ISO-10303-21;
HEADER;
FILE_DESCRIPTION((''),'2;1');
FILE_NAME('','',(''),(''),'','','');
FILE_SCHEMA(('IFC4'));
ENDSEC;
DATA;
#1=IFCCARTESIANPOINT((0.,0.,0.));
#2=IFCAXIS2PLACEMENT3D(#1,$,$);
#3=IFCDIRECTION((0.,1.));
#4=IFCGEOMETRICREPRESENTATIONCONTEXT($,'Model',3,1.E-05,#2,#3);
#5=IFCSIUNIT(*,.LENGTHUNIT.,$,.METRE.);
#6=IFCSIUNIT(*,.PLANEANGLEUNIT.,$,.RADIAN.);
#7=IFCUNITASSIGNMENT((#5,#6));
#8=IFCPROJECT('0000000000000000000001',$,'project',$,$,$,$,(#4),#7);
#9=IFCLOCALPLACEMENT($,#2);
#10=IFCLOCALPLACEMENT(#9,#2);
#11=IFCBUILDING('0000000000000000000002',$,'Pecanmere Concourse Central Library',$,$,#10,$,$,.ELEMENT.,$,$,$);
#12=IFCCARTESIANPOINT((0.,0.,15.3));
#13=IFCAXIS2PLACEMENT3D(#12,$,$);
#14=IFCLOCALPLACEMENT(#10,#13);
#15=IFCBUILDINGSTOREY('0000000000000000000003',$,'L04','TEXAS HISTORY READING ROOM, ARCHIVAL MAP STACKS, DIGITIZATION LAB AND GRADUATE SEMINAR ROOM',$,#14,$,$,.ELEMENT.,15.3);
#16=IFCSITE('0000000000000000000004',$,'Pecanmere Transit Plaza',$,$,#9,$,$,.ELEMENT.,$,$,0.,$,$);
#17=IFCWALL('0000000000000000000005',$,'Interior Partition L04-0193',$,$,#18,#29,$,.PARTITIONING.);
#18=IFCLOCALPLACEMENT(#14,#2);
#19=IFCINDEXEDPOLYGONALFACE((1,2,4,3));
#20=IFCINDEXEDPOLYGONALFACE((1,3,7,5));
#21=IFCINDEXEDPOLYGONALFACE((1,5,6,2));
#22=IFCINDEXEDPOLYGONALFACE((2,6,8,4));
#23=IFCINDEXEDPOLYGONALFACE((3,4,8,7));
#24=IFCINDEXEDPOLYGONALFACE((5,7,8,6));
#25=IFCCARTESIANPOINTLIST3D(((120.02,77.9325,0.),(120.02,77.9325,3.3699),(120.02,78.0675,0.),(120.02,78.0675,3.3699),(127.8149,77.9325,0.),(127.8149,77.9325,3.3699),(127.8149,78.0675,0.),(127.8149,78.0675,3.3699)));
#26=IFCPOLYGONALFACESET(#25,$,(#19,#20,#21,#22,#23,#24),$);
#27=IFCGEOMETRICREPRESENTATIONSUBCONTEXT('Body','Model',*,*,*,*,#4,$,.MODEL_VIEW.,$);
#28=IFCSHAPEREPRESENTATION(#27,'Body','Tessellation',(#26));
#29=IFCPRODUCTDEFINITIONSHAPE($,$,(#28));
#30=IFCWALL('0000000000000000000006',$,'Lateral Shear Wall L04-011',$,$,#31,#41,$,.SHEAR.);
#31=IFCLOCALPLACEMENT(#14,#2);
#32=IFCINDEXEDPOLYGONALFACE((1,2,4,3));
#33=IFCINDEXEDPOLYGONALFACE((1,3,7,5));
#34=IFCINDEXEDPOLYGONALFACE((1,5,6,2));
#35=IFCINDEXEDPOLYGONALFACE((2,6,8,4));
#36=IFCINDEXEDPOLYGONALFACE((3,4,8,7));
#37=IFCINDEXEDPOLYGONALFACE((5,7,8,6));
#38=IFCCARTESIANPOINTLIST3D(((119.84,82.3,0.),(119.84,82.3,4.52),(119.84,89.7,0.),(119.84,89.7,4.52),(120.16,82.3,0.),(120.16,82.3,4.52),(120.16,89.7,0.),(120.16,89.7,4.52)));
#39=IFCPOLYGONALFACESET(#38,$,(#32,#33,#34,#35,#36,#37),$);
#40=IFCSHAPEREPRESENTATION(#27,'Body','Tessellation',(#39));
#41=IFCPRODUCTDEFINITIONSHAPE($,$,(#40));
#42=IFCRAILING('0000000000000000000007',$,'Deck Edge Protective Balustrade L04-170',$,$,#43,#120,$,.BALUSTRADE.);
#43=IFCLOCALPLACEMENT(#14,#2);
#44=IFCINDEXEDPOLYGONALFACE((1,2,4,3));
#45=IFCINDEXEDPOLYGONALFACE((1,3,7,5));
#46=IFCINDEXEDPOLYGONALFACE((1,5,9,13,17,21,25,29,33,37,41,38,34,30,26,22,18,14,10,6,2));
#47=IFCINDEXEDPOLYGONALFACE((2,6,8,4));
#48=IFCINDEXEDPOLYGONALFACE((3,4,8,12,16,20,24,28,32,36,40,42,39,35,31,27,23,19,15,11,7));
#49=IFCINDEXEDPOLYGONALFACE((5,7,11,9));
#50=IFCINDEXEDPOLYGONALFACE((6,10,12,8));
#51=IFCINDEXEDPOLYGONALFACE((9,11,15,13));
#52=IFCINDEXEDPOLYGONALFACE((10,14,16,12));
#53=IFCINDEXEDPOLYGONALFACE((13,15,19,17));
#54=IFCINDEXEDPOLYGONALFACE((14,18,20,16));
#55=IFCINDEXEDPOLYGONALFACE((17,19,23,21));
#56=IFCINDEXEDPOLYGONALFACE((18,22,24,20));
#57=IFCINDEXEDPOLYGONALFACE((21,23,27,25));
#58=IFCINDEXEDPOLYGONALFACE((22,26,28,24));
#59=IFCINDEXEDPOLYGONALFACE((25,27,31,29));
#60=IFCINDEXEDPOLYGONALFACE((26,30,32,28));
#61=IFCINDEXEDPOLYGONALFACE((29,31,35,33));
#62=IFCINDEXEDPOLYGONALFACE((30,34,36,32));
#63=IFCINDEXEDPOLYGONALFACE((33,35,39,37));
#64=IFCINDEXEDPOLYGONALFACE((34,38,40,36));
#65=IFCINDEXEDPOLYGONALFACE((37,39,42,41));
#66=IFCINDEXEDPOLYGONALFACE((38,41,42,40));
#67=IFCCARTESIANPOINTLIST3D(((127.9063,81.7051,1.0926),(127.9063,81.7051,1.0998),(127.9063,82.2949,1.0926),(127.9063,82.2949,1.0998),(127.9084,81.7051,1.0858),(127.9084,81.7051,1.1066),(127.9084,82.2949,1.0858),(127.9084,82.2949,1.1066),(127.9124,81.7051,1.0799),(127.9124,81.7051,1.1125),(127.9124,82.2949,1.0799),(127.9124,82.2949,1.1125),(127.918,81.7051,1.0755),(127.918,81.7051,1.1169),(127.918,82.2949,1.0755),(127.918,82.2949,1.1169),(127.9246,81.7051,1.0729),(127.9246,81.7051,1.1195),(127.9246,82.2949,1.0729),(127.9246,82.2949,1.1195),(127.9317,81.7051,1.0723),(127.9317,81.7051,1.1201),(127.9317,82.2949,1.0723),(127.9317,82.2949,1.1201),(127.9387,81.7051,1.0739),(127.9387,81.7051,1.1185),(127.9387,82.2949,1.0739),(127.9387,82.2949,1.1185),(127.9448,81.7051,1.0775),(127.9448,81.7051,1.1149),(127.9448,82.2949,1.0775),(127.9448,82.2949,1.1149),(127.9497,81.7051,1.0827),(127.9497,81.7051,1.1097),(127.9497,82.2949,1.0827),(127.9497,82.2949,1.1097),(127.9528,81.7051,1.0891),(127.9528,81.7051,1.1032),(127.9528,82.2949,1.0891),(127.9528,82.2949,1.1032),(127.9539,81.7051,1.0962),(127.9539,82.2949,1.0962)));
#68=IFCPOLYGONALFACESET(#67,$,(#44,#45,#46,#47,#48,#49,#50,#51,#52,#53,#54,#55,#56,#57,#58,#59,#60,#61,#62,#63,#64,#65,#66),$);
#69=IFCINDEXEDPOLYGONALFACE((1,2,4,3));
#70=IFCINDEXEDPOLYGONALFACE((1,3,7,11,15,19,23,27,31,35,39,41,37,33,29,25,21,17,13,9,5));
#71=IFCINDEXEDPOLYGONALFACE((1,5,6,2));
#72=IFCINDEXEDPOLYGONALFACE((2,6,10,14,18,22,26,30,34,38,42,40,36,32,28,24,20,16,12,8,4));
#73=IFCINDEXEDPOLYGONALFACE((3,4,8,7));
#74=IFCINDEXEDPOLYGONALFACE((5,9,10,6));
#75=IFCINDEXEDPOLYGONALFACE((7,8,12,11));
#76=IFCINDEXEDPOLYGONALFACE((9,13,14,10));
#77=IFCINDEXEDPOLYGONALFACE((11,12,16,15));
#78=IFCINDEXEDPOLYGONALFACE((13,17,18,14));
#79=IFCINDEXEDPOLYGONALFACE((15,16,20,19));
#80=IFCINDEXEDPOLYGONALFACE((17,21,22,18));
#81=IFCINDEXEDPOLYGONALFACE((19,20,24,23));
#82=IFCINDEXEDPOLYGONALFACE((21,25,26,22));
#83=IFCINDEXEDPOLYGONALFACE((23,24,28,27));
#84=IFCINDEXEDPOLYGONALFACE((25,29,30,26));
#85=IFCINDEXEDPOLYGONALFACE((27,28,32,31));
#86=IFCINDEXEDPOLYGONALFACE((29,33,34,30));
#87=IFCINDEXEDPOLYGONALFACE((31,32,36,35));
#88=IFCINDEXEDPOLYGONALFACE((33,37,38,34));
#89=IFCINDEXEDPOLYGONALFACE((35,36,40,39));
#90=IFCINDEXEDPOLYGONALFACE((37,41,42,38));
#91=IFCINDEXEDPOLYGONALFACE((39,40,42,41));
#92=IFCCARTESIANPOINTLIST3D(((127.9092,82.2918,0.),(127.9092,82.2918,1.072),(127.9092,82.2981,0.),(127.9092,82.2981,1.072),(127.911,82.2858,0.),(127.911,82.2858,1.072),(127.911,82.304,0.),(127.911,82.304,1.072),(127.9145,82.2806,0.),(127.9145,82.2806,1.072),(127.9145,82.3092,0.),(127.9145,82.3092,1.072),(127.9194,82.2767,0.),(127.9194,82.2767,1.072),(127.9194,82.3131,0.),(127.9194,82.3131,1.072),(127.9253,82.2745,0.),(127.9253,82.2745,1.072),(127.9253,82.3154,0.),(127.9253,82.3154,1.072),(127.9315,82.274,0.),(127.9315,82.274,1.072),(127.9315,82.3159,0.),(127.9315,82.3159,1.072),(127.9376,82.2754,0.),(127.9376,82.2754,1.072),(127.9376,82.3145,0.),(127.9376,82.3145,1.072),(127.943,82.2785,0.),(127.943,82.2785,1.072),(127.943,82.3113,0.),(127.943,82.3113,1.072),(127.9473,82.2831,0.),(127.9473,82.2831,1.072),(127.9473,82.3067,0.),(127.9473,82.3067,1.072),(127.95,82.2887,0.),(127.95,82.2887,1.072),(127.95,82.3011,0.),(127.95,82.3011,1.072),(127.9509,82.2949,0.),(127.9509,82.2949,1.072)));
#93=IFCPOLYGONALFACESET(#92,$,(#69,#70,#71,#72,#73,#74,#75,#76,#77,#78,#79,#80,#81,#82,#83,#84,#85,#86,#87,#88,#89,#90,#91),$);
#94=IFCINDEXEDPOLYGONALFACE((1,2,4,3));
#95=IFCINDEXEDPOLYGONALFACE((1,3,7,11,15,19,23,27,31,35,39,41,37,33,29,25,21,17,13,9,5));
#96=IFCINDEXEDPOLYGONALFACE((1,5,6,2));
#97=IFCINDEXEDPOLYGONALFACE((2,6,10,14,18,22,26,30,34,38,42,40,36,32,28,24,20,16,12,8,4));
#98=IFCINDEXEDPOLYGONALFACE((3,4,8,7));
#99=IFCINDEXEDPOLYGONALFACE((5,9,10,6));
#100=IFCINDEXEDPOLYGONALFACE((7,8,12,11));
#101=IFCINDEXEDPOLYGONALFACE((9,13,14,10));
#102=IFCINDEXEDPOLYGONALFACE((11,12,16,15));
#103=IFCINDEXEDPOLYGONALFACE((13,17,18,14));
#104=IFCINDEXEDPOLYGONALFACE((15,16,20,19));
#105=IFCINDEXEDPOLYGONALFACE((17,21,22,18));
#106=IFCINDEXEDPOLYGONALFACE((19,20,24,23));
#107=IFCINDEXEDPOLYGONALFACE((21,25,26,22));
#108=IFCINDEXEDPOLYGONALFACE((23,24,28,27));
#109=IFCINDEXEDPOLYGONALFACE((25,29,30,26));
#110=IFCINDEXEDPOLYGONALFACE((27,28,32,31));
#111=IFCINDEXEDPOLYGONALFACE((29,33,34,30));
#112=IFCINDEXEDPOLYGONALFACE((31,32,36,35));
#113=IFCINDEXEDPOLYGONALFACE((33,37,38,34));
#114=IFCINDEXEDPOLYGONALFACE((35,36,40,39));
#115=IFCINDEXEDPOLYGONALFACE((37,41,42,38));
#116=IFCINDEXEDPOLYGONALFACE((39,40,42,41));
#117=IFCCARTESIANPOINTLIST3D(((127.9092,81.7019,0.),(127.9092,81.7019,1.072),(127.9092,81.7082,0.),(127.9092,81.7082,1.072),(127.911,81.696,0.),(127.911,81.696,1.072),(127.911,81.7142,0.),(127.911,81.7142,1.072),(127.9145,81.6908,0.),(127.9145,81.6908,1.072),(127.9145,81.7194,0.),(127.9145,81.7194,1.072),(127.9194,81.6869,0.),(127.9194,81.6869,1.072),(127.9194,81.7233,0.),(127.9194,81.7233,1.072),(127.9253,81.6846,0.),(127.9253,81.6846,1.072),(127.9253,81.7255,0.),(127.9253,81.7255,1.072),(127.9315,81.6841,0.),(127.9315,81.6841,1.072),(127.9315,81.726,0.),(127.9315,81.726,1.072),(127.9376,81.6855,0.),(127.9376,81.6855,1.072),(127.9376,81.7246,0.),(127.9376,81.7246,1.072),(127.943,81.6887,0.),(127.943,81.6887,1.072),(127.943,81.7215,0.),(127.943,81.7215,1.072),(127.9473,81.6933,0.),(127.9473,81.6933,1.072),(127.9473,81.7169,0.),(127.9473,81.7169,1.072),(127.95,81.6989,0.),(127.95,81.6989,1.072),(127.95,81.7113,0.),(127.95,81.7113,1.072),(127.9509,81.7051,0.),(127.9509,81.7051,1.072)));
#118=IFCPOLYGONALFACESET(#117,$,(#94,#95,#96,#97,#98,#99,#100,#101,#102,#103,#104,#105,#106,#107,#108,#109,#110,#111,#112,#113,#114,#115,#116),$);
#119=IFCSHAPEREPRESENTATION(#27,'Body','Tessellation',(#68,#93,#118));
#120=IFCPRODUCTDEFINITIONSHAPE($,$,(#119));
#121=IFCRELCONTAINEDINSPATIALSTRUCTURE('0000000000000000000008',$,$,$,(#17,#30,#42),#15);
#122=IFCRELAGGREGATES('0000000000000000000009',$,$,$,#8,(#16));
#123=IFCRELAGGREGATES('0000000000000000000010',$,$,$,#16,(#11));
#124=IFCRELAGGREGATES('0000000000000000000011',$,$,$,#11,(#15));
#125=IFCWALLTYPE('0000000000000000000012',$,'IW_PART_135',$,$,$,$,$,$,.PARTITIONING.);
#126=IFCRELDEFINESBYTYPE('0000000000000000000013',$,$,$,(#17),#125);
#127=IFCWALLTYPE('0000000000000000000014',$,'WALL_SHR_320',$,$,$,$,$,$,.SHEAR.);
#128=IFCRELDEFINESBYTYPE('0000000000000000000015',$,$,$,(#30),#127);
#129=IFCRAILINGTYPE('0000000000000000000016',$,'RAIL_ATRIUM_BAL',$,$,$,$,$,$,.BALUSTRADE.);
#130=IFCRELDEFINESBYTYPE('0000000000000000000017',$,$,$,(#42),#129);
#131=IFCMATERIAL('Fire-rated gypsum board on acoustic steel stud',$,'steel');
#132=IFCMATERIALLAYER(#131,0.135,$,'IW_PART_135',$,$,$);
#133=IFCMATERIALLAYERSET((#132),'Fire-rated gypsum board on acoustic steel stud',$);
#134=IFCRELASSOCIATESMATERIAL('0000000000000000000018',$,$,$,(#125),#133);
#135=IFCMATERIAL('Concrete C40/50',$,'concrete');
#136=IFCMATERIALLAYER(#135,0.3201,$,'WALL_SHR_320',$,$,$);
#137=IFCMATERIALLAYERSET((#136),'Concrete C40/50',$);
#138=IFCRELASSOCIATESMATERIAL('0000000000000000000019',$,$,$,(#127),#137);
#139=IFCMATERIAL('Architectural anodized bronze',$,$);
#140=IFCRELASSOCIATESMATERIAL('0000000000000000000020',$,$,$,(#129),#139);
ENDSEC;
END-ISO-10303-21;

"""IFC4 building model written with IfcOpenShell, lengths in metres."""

from ifc_helpers import new_model, si_unit, direction, frame, frame_2d, origin, origin_2d, place, context, subcontext, project, spatial, rectangle, circle, extrude, material, layer, layer_set, type_object, element, save


model = new_model("IFC4")

# Units and contexts
model_context = context("Model", 3, precision=1e-05, world=origin(), true_north=direction((0.0, 1.0)))
body_context = subcontext(model_context, "Body", "Model", "MODEL_VIEW")
ifc_project = project(units=[si_unit("LENGTHUNIT", "METRE"), si_unit("PLANEANGLEUNIT", "RADIAN")], contexts=[model_context])

# Site, building, storey
site_placement = place(None, origin())
site = spatial("IfcSite", under=ifc_project, at=site_placement, Name="Pecanmere Transit Plaza", CompositionType="ELEMENT", RefElevation=0.0)
building_placement = place(site_placement, origin())
building = spatial("IfcBuilding", under=site, at=building_placement, Name="Pecanmere Concourse Central Library", CompositionType="ELEMENT")
storey_placement = place(building_placement, frame((0.0, 0.0, 15.3)))
storey = spatial("IfcBuildingStorey", under=building, at=storey_placement, Name="L04", Description="TEXAS HISTORY READING ROOM, ARCHIVAL MAP STACKS, DIGITIZATION LAB AND GRADUATE SEMINAR ROOM", CompositionType="ELEMENT", Elevation=15.3)

# Walls
ifc_material_1 = material(Name="Fire-rated gypsum board on acoustic steel stud", Category="steel")
ifc_layer_1 = layer(ifc_material_1, 0.135, Name="IW_PART_135")
ifc_layer_set_1 = layer_set([ifc_layer_1], Name="Fire-rated gypsum board on acoustic steel stud")
wall_type_1 = type_object("IfcWallType", Name="IW_PART_135", PredefinedType="PARTITIONING", material=ifc_layer_set_1)
wall_1_placement = place(storey_placement, frame((120.02, 78.0, 0.0), z_axis=(0.0, 0.0, 1.0), x_axis=(1.0, 0.0, 0.0)))
element("IfcWall", 1, at=wall_1_placement, inside=storey, type_object=wall_type_1, Name="Interior Partition L04-0193", PredefinedType="PARTITIONING", context=body_context, shape_type="SweptSolid", body=[
    extrude(rectangle(XDim=7.7949, YDim=0.135, at=frame_2d((3.8975, 0.0))), origin(), (0.0, 0.0, 1.0), 3.3699),
])
ifc_material_2 = material(Name="Concrete C40/50", Category="concrete")
ifc_layer_2 = layer(ifc_material_2, 0.3201, Name="WALL_SHR_320")
ifc_layer_set_2 = layer_set([ifc_layer_2], Name="Concrete C40/50")
wall_type_2 = type_object("IfcWallType", Name="WALL_SHR_320", PredefinedType="SHEAR", material=ifc_layer_set_2)
wall_2_placement = place(storey_placement, frame((120.0, 82.3, 0.0), z_axis=(0.0, 0.0, 1.0), x_axis=(0.0, 1.0, 0.0)))
element("IfcWall", 2, at=wall_2_placement, inside=storey, type_object=wall_type_2, Name="Lateral Shear Wall L04-011", PredefinedType="SHEAR", context=body_context, shape_type="SweptSolid", body=[
    extrude(rectangle(XDim=7.3999, YDim=0.3201, at=frame_2d((3.7, 0.0))), origin(), (0.0, 0.0, 1.0), 4.52),
])

# Railing
ifc_material_3 = material(Name="Architectural anodized bronze")
railing_type = type_object("IfcRailingType", Name="RAIL_ATRIUM_BAL", PredefinedType="BALUSTRADE", material=ifc_material_3)
railing_1_placement = place(storey_placement, frame((127.9299, 82.2949, 0.0)))
element("IfcRailing", 3, at=railing_1_placement, inside=storey, type_object=railing_type, Name="Deck Edge Protective Balustrade L04-170", PredefinedType="BALUSTRADE", context=body_context, shape_type="SweptSolid", body=[
    extrude(circle(Radius=0.0239, at=origin_2d()), frame((0.0, 0.0, 1.0962), z_axis=(0.0, -1.0, 0.0), x_axis=(1.0, 0.0, 0.0)), (0.0, 0.0, 1.0), 0.5898),
    extrude(circle(Radius=0.021, at=origin_2d()), origin(), (0.0, 0.0, 1.0), 1.072),
    extrude(circle(Radius=0.021, at=origin_2d()), frame((0.0, -0.5898, 0.0)), (0.0, 0.0, 1.0), 1.072),
])

save(model, "model.ifc")
